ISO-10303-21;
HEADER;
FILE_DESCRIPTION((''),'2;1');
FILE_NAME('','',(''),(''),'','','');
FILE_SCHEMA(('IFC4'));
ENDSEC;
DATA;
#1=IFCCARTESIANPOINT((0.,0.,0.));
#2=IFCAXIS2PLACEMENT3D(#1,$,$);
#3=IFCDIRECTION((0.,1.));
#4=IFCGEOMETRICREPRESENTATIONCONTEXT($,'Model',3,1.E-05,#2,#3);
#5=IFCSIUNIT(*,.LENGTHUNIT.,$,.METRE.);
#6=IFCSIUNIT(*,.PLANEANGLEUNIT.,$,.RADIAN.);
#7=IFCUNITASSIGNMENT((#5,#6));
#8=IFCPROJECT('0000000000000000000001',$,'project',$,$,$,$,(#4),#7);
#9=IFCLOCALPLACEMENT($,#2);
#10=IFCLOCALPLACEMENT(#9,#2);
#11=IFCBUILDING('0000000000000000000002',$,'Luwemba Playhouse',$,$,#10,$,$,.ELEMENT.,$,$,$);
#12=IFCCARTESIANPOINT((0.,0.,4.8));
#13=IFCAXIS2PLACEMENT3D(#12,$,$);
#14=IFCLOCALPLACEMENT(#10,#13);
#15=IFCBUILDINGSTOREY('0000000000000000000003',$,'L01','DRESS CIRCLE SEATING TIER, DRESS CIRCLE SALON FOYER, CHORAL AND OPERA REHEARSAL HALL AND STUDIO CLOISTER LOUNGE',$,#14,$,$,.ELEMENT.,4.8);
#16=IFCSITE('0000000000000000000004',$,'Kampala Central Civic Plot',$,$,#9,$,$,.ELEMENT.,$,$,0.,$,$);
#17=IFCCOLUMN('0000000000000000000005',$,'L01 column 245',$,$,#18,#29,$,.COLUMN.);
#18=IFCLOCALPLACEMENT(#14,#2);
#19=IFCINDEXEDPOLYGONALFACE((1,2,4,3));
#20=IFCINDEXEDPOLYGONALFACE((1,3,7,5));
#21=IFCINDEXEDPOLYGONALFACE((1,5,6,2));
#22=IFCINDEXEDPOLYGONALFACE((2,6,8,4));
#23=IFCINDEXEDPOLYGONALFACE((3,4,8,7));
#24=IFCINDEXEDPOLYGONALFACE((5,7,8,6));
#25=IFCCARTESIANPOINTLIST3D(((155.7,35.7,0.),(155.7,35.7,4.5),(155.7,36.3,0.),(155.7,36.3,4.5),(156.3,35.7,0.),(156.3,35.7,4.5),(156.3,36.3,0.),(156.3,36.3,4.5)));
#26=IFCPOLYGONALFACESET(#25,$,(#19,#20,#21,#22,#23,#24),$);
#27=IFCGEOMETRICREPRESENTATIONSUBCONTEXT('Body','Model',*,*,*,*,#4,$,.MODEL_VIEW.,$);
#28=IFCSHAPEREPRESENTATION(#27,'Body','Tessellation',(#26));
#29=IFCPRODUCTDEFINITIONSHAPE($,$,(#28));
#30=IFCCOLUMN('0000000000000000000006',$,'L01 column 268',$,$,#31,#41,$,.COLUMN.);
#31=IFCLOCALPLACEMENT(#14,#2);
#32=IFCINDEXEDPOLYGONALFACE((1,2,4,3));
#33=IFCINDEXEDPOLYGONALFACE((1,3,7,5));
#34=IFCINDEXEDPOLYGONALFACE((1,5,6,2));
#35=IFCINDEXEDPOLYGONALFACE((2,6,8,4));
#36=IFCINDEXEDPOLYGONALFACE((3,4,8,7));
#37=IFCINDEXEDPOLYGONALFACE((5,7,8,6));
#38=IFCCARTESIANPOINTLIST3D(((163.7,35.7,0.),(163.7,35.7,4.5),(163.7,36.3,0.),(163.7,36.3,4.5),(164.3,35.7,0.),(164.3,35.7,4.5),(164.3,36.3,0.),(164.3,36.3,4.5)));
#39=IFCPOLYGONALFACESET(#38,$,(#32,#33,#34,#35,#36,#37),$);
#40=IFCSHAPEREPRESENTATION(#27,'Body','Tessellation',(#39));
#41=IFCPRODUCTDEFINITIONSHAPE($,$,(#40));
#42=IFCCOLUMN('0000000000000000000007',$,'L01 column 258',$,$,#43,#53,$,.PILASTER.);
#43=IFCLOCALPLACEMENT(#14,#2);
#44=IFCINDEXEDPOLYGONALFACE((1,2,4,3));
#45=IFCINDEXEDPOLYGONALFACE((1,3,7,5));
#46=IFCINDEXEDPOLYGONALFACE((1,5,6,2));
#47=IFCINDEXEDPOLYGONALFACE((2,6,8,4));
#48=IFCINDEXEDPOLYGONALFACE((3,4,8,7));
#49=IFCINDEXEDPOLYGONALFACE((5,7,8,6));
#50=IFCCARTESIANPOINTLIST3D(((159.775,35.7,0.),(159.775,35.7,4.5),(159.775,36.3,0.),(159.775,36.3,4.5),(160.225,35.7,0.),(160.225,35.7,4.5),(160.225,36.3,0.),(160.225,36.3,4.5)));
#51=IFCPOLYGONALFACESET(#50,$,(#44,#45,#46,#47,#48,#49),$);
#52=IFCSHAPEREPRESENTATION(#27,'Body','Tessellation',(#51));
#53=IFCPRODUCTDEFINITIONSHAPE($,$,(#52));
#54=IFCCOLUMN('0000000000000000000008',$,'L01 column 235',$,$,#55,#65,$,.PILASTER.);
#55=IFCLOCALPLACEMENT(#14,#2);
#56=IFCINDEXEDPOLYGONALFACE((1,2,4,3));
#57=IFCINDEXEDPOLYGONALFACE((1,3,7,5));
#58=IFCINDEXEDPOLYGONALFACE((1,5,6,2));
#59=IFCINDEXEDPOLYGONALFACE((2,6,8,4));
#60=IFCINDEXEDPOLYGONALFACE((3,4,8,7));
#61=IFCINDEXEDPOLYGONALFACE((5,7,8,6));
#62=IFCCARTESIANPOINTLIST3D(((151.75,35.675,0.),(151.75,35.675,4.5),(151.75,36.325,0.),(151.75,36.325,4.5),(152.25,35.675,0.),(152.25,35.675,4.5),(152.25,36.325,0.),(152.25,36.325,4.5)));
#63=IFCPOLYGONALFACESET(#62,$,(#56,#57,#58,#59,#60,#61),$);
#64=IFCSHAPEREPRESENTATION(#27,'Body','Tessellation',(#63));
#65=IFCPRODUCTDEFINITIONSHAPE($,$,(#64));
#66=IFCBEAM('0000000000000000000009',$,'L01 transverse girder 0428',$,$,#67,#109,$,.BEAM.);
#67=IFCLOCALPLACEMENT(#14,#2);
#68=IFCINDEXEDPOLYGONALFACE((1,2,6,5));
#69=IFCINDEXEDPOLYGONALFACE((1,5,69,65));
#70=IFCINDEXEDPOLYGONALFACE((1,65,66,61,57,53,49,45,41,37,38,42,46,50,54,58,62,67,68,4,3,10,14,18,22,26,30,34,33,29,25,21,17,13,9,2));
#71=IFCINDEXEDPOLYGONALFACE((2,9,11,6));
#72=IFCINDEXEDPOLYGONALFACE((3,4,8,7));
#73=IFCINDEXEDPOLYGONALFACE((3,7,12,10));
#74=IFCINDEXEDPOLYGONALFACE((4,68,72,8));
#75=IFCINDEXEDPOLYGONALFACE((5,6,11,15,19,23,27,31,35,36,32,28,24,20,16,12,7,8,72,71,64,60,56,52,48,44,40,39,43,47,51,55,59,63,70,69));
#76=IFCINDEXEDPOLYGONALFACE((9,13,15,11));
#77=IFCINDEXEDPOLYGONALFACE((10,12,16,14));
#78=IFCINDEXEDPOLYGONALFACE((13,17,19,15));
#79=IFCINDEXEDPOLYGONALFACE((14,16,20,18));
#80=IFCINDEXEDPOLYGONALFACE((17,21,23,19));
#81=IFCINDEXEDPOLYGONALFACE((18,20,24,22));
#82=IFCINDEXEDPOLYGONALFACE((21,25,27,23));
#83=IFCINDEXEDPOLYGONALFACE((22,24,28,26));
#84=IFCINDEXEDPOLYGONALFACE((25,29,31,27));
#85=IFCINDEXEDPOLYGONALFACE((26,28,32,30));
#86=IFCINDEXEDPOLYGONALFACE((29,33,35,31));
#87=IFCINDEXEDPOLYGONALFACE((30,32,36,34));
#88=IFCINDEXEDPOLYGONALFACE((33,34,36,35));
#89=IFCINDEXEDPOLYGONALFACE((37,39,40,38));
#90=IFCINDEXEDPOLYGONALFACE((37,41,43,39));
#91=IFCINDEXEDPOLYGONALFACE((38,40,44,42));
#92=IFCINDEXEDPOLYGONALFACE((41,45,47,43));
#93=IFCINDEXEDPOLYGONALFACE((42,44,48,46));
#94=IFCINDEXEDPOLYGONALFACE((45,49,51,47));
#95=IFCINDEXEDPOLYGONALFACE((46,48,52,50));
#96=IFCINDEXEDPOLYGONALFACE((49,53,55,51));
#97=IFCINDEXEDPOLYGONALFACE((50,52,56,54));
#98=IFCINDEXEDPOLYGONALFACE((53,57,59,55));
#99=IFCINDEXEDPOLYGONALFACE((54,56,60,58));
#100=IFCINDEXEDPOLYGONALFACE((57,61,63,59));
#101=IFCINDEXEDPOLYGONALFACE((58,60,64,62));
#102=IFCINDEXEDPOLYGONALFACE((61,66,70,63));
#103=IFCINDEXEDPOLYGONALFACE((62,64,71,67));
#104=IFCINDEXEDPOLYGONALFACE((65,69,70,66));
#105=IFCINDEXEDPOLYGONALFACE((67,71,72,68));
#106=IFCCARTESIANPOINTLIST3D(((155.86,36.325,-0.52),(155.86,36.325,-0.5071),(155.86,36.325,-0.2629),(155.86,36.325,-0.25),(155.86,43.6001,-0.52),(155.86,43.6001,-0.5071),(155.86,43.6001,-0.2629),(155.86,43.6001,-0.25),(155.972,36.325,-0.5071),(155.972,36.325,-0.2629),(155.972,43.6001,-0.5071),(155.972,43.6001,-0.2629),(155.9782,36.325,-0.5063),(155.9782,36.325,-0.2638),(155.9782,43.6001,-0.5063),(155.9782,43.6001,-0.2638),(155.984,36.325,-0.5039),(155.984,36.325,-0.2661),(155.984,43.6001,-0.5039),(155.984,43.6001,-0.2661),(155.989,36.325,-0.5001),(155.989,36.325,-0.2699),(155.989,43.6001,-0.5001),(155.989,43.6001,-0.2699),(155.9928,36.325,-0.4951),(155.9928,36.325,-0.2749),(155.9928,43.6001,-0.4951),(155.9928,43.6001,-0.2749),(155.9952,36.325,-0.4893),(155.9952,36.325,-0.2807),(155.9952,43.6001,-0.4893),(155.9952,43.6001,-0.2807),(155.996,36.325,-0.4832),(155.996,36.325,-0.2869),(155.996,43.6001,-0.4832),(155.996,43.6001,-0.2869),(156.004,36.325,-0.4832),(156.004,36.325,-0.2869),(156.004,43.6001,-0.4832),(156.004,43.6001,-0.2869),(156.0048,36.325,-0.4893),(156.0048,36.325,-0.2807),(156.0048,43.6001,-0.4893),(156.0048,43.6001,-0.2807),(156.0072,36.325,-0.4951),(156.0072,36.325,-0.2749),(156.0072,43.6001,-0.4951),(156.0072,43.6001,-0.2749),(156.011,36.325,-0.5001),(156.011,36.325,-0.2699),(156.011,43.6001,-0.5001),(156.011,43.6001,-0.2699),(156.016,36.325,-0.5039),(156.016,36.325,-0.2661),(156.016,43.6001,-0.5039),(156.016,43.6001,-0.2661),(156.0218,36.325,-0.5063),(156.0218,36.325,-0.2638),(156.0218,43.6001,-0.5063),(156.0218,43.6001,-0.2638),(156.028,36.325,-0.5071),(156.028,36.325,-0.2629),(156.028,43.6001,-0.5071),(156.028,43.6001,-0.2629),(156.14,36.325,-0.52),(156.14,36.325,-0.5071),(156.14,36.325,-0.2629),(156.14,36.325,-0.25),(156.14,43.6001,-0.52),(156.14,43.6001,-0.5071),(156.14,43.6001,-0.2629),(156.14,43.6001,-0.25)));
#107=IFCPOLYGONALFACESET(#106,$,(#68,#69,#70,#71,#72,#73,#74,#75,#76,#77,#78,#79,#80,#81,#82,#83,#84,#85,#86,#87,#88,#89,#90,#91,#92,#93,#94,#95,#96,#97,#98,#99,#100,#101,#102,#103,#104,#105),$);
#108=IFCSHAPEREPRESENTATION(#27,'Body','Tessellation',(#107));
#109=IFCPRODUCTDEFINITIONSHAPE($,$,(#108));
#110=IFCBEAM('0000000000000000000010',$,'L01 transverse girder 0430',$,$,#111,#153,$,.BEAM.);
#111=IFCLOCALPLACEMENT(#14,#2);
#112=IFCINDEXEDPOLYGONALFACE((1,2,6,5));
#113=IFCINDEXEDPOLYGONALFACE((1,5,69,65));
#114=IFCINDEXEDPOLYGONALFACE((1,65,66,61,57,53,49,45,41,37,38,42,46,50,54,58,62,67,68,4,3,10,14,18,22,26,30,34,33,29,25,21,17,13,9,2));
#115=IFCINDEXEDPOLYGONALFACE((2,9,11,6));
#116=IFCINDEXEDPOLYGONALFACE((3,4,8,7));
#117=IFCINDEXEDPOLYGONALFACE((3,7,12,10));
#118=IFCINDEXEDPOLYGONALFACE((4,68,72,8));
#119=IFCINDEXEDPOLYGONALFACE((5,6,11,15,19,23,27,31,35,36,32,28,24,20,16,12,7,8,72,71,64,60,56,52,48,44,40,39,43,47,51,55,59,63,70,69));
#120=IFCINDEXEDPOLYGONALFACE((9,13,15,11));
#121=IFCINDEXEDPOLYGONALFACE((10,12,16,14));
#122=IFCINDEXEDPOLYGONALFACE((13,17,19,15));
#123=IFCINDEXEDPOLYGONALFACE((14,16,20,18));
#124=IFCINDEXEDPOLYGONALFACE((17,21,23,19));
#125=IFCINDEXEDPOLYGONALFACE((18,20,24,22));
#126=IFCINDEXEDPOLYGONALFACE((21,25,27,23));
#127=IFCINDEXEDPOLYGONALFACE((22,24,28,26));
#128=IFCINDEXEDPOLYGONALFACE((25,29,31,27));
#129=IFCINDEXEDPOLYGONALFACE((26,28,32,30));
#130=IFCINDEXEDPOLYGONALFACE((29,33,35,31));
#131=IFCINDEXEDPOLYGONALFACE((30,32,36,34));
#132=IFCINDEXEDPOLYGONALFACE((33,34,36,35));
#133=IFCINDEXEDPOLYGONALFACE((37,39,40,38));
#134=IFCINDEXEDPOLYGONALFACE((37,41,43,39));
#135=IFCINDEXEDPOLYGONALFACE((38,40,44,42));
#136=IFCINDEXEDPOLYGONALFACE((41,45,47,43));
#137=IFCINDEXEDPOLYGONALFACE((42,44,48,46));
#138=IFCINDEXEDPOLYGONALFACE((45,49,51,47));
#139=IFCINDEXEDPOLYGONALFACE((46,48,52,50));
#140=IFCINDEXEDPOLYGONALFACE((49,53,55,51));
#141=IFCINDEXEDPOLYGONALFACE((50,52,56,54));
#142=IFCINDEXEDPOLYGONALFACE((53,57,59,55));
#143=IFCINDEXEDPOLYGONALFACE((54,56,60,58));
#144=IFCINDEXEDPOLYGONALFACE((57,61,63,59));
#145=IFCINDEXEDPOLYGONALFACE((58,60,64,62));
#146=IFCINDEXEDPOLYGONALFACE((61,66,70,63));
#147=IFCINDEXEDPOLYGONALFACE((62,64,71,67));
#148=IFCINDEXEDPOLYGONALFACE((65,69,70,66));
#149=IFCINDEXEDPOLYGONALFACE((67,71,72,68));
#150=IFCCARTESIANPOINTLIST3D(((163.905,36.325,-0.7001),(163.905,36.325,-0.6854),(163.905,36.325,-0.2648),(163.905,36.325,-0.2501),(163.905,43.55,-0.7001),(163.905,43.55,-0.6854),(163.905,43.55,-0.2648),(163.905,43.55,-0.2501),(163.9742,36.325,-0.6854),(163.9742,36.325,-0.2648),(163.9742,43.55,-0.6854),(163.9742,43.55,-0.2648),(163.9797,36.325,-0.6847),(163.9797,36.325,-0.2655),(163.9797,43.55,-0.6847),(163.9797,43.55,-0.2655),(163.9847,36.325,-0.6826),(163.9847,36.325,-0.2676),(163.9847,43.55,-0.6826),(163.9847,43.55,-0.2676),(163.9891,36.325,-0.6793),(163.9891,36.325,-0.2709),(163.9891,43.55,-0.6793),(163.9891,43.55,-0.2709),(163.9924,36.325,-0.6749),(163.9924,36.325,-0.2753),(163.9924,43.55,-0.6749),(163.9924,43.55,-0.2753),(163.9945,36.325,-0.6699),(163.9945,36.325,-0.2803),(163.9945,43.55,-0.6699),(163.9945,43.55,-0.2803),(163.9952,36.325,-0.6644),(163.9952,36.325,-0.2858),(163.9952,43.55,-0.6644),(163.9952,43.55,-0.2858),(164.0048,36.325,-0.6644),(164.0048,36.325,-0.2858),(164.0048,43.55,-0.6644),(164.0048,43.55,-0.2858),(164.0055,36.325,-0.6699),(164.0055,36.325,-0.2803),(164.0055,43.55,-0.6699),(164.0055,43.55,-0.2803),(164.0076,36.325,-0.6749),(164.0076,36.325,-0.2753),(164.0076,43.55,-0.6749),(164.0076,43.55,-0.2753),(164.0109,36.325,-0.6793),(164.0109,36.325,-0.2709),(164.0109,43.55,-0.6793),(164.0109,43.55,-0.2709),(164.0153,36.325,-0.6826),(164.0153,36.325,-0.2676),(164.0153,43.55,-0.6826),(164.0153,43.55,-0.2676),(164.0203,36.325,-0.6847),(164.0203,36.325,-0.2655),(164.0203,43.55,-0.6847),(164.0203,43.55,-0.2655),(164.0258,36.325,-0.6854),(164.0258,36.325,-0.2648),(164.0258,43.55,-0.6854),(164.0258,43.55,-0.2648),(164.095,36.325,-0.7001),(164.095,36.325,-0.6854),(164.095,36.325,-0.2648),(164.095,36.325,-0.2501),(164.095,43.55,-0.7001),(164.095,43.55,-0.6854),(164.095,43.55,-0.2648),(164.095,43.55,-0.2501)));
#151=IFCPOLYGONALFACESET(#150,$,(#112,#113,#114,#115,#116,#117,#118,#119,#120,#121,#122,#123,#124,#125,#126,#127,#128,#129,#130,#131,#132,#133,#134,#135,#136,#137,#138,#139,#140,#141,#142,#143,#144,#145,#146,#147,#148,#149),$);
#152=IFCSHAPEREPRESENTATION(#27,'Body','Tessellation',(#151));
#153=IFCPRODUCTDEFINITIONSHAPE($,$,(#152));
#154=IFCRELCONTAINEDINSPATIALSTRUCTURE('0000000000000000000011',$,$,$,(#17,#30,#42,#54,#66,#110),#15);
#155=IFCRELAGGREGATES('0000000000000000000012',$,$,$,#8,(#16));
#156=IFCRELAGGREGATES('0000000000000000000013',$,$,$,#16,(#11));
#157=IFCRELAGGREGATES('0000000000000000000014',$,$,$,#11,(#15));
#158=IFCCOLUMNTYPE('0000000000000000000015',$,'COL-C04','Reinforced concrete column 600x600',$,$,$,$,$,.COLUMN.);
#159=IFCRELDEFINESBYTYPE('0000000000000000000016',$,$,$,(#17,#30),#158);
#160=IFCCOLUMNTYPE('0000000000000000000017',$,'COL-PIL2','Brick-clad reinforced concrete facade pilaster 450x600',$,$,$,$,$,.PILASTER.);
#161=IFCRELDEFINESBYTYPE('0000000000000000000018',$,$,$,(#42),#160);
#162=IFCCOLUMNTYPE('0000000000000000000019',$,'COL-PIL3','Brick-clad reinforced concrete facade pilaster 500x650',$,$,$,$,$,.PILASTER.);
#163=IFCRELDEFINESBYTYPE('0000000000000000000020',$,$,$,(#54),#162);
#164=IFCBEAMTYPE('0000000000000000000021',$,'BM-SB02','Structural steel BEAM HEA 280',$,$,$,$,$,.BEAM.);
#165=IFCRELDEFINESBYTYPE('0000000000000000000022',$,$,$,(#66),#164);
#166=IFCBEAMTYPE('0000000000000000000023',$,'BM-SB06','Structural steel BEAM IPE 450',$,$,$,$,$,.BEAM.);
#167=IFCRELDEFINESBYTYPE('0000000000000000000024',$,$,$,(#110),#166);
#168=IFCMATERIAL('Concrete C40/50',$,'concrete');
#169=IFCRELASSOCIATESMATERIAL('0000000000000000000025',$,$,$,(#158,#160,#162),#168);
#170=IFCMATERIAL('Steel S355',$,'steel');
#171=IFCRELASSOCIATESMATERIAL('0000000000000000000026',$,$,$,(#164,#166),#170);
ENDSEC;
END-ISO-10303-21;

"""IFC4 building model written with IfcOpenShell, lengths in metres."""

from ifc_helpers import new_model, si_unit, direction, frame, origin, origin_2d, place, context, subcontext, project, spatial, rectangle, i_section, extrude, material, material_profile, profile_set, type_object, element, save


model = new_model("IFC4")

# Units and contexts
model_context = context("Model", 3, precision=1e-05, world=origin(), true_north=direction((0.0, 1.0)))
body_context = subcontext(model_context, "Body", "Model", "MODEL_VIEW")
ifc_project = project(units=[si_unit("LENGTHUNIT", "METRE"), si_unit("PLANEANGLEUNIT", "RADIAN")], contexts=[model_context])

# Site, building, storey
site_placement = place(None, origin())
site = spatial("IfcSite", under=ifc_project, at=site_placement, Name="Kampala Central Civic Plot", CompositionType="ELEMENT", RefElevation=0.0)
building_placement = place(site_placement, origin())
building = spatial("IfcBuilding", under=site, at=building_placement, Name="Luwemba Playhouse", CompositionType="ELEMENT")
storey_placement = place(building_placement, frame((0.0, 0.0, 4.8)))
storey = spatial("IfcBuildingStorey", under=building, at=storey_placement, Name="L01", Description="DRESS CIRCLE SEATING TIER, DRESS CIRCLE SALON FOYER, CHORAL AND OPERA REHEARSAL HALL AND STUDIO CLOISTER LOUNGE", CompositionType="ELEMENT", Elevation=4.8)

# Columns
ifc_material_1 = material(Name="Concrete C40/50", Category="concrete")
ifc_material_profile_1 = material_profile(ifc_material_1, rectangle(XDim=0.6001, YDim=0.6001, at=origin_2d()))
ifc_profile_set_1 = profile_set([ifc_material_profile_1], Name="Concrete C40/50")
column_type_1 = type_object("IfcColumnType", Name="COL-C04", Description="Reinforced concrete column 600x600", PredefinedType="COLUMN", material=ifc_profile_set_1)
for number, where, z_axis, x_axis, name in (
    (1, (156.0, 36.0, 0.0), (0.0, 0.0, 1.0), (1.0, 0.0, 0.0), "L01 column 245"),
    (2, (164.0, 36.0, 0.0), (0.0, 0.0, 1.0), (1.0, 0.0, 0.0), "L01 column 268"),
):
    element("IfcColumn", number, at=place(storey_placement, frame(where, z_axis=z_axis, x_axis=x_axis)), inside=storey, type_object=column_type_1, Name=name, PredefinedType="COLUMN", context=body_context, shape_type="SweptSolid", body=[
        extrude(rectangle(XDim=0.6001, YDim=0.6001, at=origin_2d()), origin(), (0.0, 0.0, 1.0), 4.5),
    ])
ifc_material_profile_2 = material_profile(ifc_material_1, rectangle(XDim=0.45, YDim=0.6001, at=origin_2d()))
ifc_profile_set_2 = profile_set([ifc_material_profile_2], Name="Concrete C40/50")
column_type_2 = type_object("IfcColumnType", Name="COL-PIL2", Description="Brick-clad reinforced concrete facade pilaster 450x600", PredefinedType="PILASTER", material=ifc_profile_set_2)
column_1_placement = place(storey_placement, frame((160.0, 36.0, 0.0), z_axis=(0.0, 0.0, 1.0), x_axis=(1.0, 0.0, 0.0)))
element("IfcColumn", 3, at=column_1_placement, inside=storey, type_object=column_type_2, Name="L01 column 258", PredefinedType="PILASTER", context=body_context, shape_type="SweptSolid", body=[
    extrude(rectangle(XDim=0.45, YDim=0.6001, at=origin_2d()), origin(), (0.0, 0.0, 1.0), 4.5),
])
ifc_material_profile_3 = material_profile(ifc_material_1, rectangle(XDim=0.5, YDim=0.6499, at=origin_2d()))
ifc_profile_set_3 = profile_set([ifc_material_profile_3], Name="Concrete C40/50")
column_type_3 = type_object("IfcColumnType", Name="COL-PIL3", Description="Brick-clad reinforced concrete facade pilaster 500x650", PredefinedType="PILASTER", material=ifc_profile_set_3)
column_2_placement = place(storey_placement, frame((152.0, 36.0, 0.0), z_axis=(0.0, 0.0, 1.0), x_axis=(1.0, 0.0, 0.0)))
element("IfcColumn", 4, at=column_2_placement, inside=storey, type_object=column_type_3, Name="L01 column 235", PredefinedType="PILASTER", context=body_context, shape_type="SweptSolid", body=[
    extrude(rectangle(XDim=0.5, YDim=0.6499, at=origin_2d()), origin(), (0.0, 0.0, 1.0), 4.5),
])

# Beams
ifc_material_2 = material(Name="Steel S355", Category="steel")
ifc_material_profile_4 = material_profile(ifc_material_2, i_section(OverallWidth=0.28, OverallDepth=0.27, WebThickness=0.0081, FlangeThickness=0.0129, FilletRadius=0.0239, at=origin_2d()))
ifc_profile_set_4 = profile_set([ifc_material_profile_4], Name="Steel S355")
beam_type_1 = type_object("IfcBeamType", Name="BM-SB02", Description="Structural steel BEAM HEA 280", PredefinedType="BEAM", material=ifc_profile_set_4)
beam_1_placement = place(storey_placement, frame((156.0, 36.325, -0.385), z_axis=(0.0, 1.0, 0.0), x_axis=(-1.0, 0.0, 0.0)))
element("IfcBeam", 5, at=beam_1_placement, inside=storey, type_object=beam_type_1, Name="L01 transverse girder 0428", PredefinedType="BEAM", context=body_context, shape_type="SweptSolid", body=[
    extrude(i_section(OverallWidth=0.28, OverallDepth=0.27, WebThickness=0.0081, FlangeThickness=0.0129, FilletRadius=0.0239, at=origin_2d()), origin(), (0.0, 0.0, 1.0), 7.2751),
])
ifc_material_profile_5 = material_profile(ifc_material_2, i_section(OverallWidth=0.1899, OverallDepth=0.45, WebThickness=0.0095, FlangeThickness=0.0146, FilletRadius=0.021, at=origin_2d()))
ifc_profile_set_5 = profile_set([ifc_material_profile_5], Name="Steel S355")
beam_type_2 = type_object("IfcBeamType", Name="BM-SB06", Description="Structural steel BEAM IPE 450", PredefinedType="BEAM", material=ifc_profile_set_5)
beam_2_placement = place(storey_placement, frame((164.0, 36.325, -0.4751), z_axis=(0.0, 1.0, 0.0), x_axis=(-1.0, 0.0, 0.0)))
element("IfcBeam", 6, at=beam_2_placement, inside=storey, type_object=beam_type_2, Name="L01 transverse girder 0430", PredefinedType="BEAM", context=body_context, shape_type="SweptSolid", body=[
    extrude(i_section(OverallWidth=0.1899, OverallDepth=0.45, WebThickness=0.0095, FlangeThickness=0.0146, FilletRadius=0.021, at=origin_2d()), origin(), (0.0, 0.0, 1.0), 7.2251),
])

save(model, "model.ifc")
